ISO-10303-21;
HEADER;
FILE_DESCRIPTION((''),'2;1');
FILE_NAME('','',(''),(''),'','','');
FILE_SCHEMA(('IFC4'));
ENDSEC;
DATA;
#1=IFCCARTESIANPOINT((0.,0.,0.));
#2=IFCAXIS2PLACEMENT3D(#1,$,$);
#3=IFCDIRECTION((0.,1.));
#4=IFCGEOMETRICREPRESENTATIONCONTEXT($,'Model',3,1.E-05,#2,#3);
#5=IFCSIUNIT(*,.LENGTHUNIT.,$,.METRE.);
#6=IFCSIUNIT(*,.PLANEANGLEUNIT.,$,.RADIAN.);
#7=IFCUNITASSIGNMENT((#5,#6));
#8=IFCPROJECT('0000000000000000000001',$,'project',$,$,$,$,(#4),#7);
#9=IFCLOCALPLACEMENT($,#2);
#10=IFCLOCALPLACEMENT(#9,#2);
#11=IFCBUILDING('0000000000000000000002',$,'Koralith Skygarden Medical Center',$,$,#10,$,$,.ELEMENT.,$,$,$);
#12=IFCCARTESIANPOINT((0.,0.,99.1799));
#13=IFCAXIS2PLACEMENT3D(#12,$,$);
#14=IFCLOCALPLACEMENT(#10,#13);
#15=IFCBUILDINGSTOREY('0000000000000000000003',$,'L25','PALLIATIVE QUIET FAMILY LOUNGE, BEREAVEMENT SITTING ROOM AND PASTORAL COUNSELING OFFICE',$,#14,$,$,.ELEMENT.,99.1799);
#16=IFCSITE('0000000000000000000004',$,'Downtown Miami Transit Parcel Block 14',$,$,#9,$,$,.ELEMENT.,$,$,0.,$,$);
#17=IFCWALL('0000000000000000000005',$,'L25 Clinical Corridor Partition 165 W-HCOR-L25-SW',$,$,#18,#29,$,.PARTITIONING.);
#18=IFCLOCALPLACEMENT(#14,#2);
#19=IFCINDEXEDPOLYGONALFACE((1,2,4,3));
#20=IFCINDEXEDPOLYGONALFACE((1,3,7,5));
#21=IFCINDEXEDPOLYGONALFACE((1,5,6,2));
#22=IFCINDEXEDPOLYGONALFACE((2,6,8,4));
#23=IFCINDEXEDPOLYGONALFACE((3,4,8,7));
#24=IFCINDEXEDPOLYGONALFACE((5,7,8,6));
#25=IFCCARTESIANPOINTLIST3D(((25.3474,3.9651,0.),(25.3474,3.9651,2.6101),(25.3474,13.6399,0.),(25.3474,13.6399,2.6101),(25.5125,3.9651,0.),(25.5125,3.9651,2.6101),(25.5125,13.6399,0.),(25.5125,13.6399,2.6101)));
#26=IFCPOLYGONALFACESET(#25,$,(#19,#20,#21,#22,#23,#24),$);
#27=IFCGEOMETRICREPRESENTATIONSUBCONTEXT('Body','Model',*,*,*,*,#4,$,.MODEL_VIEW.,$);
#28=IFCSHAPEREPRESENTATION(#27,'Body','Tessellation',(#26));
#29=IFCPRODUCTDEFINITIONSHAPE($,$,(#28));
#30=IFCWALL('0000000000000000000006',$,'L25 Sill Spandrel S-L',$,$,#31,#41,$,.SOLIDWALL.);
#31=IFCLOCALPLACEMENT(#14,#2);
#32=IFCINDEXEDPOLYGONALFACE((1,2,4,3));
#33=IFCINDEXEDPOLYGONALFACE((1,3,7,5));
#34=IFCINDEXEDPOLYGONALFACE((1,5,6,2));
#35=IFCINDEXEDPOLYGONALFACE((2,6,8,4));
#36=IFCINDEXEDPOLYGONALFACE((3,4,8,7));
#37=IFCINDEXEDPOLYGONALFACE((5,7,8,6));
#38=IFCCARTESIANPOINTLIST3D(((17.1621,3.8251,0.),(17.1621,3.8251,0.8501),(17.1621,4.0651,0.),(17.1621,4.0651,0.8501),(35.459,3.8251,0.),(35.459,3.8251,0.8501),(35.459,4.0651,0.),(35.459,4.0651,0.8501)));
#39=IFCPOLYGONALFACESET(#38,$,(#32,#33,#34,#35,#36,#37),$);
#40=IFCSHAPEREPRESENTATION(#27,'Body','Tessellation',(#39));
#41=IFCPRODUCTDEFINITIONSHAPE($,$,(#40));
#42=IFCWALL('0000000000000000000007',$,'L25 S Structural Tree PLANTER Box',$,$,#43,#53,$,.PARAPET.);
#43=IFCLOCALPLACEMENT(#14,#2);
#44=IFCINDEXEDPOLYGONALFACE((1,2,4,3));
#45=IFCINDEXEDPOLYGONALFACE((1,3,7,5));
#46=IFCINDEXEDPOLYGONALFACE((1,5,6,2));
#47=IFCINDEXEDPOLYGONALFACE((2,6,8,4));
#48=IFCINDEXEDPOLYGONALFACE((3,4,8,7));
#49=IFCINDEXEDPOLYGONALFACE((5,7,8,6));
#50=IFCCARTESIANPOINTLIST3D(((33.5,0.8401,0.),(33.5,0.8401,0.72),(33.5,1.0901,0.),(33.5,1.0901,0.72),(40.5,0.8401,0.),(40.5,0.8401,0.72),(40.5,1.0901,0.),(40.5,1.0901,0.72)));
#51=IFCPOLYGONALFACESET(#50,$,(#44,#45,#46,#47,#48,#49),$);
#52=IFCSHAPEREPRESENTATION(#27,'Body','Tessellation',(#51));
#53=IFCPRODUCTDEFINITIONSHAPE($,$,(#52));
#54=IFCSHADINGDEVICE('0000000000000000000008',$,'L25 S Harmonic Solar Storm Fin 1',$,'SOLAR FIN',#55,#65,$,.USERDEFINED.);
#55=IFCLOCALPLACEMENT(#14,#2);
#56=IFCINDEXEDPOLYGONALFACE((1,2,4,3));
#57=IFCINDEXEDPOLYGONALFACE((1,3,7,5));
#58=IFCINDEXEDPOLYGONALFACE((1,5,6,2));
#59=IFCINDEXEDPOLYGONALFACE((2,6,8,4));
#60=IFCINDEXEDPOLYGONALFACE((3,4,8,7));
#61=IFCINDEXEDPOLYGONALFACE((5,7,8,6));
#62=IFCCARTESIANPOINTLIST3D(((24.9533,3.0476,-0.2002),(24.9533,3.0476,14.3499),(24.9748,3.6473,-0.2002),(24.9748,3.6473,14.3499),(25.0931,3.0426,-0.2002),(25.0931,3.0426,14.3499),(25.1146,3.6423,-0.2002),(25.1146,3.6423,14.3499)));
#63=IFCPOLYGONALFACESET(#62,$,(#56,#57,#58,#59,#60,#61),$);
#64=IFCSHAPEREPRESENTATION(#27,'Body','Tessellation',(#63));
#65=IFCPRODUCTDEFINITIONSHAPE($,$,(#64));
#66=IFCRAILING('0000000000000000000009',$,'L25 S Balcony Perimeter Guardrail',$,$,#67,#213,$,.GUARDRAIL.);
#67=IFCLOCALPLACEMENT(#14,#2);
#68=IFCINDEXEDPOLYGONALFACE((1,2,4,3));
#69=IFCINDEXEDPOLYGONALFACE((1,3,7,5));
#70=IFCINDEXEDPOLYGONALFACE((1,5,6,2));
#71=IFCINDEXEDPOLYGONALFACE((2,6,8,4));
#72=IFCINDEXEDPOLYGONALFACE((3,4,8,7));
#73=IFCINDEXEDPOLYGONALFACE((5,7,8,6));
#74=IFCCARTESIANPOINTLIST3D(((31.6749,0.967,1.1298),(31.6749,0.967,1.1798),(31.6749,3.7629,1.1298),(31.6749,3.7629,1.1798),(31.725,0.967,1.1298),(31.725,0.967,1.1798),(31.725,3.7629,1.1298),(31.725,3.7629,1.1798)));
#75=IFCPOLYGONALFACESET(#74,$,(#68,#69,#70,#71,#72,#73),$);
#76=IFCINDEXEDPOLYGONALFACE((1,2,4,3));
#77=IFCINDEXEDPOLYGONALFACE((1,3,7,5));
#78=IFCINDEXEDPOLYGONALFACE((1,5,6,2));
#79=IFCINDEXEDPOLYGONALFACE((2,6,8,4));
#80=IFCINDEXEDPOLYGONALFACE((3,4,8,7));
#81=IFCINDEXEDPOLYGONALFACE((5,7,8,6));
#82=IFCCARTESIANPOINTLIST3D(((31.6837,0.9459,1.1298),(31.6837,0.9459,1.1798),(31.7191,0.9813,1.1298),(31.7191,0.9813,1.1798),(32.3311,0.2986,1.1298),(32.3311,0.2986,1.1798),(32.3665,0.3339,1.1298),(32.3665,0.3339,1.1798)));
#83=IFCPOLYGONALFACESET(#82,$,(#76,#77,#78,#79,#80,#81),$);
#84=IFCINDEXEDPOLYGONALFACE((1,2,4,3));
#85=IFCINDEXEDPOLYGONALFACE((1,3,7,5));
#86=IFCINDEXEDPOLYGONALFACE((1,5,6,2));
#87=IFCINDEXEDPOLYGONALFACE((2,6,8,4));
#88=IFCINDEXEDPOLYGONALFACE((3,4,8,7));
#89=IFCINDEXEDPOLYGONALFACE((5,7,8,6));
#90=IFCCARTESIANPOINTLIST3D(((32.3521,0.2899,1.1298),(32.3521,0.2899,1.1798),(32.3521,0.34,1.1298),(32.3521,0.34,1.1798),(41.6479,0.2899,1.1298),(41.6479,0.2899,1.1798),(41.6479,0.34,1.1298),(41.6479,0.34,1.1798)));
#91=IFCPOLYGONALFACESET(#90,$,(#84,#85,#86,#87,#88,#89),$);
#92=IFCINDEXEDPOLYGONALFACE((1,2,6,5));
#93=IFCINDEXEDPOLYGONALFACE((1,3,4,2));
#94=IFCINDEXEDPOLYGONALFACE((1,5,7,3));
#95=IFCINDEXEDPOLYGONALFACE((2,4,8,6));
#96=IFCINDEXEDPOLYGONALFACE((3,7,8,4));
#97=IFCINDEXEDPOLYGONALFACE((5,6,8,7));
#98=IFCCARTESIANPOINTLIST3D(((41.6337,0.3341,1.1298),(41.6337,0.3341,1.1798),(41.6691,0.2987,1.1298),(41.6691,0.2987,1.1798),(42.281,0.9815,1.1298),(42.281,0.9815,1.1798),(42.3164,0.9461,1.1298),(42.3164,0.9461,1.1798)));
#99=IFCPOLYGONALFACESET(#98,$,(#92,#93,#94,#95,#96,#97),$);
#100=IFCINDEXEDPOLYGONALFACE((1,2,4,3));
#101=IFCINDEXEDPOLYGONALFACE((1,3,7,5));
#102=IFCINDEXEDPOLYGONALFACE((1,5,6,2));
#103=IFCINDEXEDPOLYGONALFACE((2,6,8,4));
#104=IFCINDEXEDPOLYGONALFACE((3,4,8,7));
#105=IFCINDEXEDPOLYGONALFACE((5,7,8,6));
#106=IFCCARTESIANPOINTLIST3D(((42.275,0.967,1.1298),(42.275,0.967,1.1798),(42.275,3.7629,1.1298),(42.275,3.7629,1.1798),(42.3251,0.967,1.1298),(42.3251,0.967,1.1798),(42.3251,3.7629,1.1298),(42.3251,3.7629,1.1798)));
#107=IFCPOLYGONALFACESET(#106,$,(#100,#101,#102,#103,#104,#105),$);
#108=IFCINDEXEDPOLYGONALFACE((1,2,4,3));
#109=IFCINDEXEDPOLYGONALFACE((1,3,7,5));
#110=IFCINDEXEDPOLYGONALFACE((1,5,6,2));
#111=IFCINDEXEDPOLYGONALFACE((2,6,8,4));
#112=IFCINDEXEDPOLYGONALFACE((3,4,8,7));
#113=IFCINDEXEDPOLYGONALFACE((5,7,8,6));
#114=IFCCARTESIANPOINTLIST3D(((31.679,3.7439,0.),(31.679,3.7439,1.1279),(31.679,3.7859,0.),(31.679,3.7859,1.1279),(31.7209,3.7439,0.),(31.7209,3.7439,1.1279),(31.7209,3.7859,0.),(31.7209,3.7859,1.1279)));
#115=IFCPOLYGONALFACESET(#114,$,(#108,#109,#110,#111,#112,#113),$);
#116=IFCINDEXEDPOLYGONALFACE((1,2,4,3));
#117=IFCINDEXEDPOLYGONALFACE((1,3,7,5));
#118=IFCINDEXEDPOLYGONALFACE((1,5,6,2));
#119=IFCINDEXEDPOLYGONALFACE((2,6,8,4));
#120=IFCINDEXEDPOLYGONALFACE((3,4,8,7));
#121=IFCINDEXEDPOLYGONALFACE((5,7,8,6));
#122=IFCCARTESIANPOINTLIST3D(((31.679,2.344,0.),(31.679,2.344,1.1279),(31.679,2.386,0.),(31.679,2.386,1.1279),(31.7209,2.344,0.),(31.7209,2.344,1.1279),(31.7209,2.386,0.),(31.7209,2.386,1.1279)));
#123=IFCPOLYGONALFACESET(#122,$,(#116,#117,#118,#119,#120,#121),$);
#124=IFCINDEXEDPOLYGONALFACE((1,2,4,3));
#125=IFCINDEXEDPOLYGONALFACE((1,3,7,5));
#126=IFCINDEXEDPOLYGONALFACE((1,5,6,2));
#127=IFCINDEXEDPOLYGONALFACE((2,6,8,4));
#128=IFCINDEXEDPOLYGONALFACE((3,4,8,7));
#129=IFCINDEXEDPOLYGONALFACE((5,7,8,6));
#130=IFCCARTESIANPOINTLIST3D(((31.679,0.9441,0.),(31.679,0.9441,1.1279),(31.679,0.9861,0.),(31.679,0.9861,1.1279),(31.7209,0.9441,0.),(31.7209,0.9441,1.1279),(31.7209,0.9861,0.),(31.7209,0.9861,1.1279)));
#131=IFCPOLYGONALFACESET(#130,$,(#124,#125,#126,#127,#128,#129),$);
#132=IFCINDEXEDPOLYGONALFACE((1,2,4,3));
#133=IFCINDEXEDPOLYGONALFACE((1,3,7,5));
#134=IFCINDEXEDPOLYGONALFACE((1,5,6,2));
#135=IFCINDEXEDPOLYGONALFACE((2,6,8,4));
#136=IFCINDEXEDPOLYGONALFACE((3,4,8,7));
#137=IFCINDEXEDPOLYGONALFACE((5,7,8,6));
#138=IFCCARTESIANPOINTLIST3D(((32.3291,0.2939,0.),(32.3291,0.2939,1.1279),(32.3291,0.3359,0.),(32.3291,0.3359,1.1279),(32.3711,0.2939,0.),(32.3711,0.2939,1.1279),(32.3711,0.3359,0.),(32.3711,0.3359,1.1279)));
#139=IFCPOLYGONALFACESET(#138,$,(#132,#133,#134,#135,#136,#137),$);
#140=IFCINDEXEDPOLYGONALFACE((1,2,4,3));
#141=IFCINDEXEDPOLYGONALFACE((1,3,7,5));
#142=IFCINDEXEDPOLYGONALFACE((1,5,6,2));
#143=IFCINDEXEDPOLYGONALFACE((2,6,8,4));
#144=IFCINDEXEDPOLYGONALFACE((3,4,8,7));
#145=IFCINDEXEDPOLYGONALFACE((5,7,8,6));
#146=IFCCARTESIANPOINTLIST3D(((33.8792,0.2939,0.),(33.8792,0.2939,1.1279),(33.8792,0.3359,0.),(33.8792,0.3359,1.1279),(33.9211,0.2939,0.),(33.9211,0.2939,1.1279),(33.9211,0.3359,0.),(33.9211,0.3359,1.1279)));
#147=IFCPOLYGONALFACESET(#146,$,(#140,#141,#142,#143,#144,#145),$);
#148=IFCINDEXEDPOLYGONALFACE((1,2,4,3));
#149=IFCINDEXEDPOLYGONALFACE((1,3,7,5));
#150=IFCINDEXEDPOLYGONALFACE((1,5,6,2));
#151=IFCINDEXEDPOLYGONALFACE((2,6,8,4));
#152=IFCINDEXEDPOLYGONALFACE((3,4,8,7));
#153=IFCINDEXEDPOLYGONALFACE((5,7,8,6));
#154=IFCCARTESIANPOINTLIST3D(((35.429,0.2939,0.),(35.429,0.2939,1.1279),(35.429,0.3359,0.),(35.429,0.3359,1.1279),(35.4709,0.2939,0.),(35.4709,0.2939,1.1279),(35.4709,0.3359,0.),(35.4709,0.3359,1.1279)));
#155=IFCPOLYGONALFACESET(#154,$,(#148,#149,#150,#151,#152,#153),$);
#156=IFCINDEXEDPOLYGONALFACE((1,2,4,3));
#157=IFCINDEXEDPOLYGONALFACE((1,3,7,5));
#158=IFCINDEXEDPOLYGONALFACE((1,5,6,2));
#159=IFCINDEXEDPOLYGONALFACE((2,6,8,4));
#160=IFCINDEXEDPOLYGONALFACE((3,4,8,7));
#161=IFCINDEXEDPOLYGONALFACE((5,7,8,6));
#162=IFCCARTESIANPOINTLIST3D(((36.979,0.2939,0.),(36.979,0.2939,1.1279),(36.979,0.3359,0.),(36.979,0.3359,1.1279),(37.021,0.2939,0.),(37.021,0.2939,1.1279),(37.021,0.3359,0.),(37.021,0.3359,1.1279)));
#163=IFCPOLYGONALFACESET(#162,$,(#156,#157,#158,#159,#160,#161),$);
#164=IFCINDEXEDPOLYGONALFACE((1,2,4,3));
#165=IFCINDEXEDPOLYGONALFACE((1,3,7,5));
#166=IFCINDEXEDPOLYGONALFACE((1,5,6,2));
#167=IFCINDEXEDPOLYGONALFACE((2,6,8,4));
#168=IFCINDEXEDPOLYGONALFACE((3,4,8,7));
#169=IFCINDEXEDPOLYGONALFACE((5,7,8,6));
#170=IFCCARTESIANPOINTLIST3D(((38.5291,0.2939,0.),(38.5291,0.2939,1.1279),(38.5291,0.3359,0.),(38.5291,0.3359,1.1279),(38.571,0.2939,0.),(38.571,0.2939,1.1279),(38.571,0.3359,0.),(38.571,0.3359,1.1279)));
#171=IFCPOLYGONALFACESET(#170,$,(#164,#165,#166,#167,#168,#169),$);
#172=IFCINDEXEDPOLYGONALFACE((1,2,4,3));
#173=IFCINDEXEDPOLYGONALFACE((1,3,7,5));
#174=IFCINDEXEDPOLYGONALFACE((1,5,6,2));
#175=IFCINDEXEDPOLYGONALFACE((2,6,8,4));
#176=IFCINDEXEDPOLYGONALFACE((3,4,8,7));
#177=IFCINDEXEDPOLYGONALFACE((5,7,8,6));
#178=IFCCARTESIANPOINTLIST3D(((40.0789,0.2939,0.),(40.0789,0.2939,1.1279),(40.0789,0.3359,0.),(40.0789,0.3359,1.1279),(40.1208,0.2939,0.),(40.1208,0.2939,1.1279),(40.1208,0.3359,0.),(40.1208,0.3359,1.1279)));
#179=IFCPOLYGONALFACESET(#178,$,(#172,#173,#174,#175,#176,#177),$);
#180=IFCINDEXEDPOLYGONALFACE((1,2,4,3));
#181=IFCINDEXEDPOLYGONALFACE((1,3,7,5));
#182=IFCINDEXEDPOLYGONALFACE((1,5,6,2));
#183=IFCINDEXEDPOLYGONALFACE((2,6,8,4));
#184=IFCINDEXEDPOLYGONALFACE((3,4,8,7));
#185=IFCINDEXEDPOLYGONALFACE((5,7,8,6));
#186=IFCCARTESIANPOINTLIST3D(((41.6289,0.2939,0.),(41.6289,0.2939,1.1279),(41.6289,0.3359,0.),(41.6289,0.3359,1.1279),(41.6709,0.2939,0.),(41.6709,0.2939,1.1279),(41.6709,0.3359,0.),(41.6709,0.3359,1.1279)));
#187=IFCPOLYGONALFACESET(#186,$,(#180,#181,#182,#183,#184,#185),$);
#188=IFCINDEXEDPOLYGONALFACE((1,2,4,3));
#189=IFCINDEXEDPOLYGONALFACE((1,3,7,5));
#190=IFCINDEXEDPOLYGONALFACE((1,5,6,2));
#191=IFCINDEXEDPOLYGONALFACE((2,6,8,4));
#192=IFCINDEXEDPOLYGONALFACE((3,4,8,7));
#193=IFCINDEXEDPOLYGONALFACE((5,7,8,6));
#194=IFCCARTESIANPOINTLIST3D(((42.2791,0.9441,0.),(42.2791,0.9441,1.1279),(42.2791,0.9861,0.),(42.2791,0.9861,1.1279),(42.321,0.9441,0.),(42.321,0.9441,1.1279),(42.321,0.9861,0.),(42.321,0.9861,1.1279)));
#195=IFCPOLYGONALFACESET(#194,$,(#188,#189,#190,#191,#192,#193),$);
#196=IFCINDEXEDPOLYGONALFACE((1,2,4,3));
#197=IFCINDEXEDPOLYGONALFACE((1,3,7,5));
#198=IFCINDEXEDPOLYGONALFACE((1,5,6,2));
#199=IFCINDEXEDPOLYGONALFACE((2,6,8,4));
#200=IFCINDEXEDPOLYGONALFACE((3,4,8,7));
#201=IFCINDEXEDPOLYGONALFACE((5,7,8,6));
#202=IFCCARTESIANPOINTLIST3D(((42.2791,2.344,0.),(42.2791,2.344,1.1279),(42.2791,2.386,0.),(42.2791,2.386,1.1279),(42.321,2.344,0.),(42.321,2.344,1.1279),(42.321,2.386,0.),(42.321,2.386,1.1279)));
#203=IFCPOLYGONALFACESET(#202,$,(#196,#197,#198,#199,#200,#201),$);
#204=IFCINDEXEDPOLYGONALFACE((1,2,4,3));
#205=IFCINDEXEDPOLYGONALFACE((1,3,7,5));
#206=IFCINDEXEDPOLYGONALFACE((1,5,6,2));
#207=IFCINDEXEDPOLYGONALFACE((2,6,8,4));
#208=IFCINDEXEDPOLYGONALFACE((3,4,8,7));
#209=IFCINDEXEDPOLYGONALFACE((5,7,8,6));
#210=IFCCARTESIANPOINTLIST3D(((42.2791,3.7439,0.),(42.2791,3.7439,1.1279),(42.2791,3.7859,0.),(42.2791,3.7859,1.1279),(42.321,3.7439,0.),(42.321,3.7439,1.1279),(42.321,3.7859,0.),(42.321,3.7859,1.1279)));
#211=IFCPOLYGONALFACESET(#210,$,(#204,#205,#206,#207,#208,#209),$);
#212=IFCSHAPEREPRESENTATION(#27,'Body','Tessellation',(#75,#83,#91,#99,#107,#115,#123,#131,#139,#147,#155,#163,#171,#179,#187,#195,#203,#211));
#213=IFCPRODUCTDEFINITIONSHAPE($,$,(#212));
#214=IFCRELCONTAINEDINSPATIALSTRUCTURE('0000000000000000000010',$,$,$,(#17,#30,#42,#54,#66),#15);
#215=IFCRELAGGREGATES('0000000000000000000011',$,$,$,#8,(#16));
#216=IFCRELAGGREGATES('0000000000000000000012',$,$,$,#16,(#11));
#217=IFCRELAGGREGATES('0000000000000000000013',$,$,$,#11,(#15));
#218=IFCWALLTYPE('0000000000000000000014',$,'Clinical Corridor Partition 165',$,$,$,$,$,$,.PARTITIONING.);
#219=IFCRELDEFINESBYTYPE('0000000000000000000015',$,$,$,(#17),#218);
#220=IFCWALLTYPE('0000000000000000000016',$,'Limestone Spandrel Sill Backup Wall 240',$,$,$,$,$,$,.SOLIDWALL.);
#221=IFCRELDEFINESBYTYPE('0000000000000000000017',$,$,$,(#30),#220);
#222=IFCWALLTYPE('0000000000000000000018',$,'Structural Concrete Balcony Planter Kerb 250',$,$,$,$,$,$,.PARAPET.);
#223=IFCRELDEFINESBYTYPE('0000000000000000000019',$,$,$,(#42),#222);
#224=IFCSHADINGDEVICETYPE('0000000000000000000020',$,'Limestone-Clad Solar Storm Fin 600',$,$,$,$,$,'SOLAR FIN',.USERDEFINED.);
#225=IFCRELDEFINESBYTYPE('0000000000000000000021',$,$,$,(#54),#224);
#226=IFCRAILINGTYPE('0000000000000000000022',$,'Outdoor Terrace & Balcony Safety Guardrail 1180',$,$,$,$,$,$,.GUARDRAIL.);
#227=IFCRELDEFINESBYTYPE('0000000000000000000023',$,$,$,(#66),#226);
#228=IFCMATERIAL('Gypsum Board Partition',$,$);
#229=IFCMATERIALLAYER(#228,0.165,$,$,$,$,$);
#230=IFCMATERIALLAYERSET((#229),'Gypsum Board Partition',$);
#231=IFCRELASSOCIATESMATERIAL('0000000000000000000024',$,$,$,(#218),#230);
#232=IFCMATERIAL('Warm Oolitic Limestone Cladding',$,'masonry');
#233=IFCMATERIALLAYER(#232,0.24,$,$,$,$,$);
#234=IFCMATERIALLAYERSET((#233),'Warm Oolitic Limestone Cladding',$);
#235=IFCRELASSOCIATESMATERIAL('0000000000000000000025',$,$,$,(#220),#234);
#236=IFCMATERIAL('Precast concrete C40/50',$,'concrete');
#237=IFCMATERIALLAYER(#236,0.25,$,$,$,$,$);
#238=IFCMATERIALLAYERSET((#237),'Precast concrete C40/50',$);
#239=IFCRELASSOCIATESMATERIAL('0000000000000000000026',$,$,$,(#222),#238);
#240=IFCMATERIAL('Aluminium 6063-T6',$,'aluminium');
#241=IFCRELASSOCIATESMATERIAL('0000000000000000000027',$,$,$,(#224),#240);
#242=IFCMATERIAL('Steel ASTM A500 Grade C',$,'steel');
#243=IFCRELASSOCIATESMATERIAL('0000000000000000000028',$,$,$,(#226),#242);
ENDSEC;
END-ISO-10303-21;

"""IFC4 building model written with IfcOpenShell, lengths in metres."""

from ifc_helpers import new_model, si_unit, direction, frame, frame_2d, origin, origin_2d, place, context, subcontext, project, spatial, rectangle, extrude, material, layer, layer_set, type_object, element, save


model = new_model("IFC4")

# Units and contexts
model_context = context("Model", 3, precision=1e-05, world=origin(), true_north=direction((0.0, 1.0)))
body_context = subcontext(model_context, "Body", "Model", "MODEL_VIEW")
ifc_project = project(units=[si_unit("LENGTHUNIT", "METRE"), si_unit("PLANEANGLEUNIT", "RADIAN")], contexts=[model_context])

# Site, building, storey
site_placement = place(None, origin())
site = spatial("IfcSite", under=ifc_project, at=site_placement, Name="Downtown Miami Transit Parcel Block 14", CompositionType="ELEMENT", RefElevation=0.0)
building_placement = place(site_placement, origin())
building = spatial("IfcBuilding", under=site, at=building_placement, Name="Koralith Skygarden Medical Center", CompositionType="ELEMENT")
storey_placement = place(building_placement, frame((0.0, 0.0, 99.1799)))
storey = spatial("IfcBuildingStorey", under=building, at=storey_placement, Name="L25", Description="PALLIATIVE QUIET FAMILY LOUNGE, BEREAVEMENT SITTING ROOM AND PASTORAL COUNSELING OFFICE", CompositionType="ELEMENT", Elevation=99.1799)

# Shared definitions
ifc_material_1 = material(Name="Aluminium 6063-T6", Category="aluminium")

# Wall
ifc_material_2 = material(Name="Gypsum Board Partition")
ifc_layer_1 = layer(ifc_material_2, 0.165)
ifc_layer_set_1 = layer_set([ifc_layer_1], Name="Gypsum Board Partition")
wall_type_1 = type_object("IfcWallType", Name="Clinical Corridor Partition 165", PredefinedType="PARTITIONING", material=ifc_layer_set_1)
wall_1_placement = place(storey_placement, frame((25.4299, 3.9651, 0.0), z_axis=(0.0, 0.0, 1.0), x_axis=(0.0, 1.0, 0.0)))
element("IfcWall", 1, at=wall_1_placement, inside=storey, type_object=wall_type_1, Name="L25 Clinical Corridor Partition 165 W-HCOR-L25-SW", PredefinedType="PARTITIONING", context=body_context, shape_type="SweptSolid", body=[
    extrude(rectangle(XDim=9.6748, YDim=0.165, at=frame_2d((4.8374, 0.0))), origin(), (0.0, 0.0, 1.0), 2.6101),
])

# Walls
ifc_material_3 = material(Name="Warm Oolitic Limestone Cladding", Category="masonry")
ifc_layer_2 = layer(ifc_material_3, 0.24)
ifc_layer_set_2 = layer_set([ifc_layer_2], Name="Warm Oolitic Limestone Cladding")
wall_type_2 = type_object("IfcWallType", Name="Limestone Spandrel Sill Backup Wall 240", PredefinedType="SOLIDWALL", material=ifc_layer_set_2)
wall_2_placement = place(storey_placement, frame((17.1621, 3.9451, 0.0), z_axis=(0.0, 0.0, 1.0), x_axis=(1.0, 0.0, 0.0)))
element("IfcWall", 2, at=wall_2_placement, inside=storey, type_object=wall_type_2, Name="L25 Sill Spandrel S-L", PredefinedType="SOLIDWALL", context=body_context, shape_type="SweptSolid", body=[
    extrude(rectangle(XDim=18.2969, YDim=0.24, at=frame_2d((9.1484, 0.0))), origin(), (0.0, 0.0, 1.0), 0.8501),
])
ifc_material_4 = material(Name="Precast concrete C40/50", Category="concrete")
ifc_layer_3 = layer(ifc_material_4, 0.25)
ifc_layer_set_3 = layer_set([ifc_layer_3], Name="Precast concrete C40/50")
wall_type_3 = type_object("IfcWallType", Name="Structural Concrete Balcony Planter Kerb 250", PredefinedType="PARAPET", material=ifc_layer_set_3)
wall_3_placement = place(storey_placement, frame((33.5, 0.9651, 0.0), z_axis=(0.0, 0.0, 1.0), x_axis=(1.0, 0.0, 0.0)))
element("IfcWall", 3, at=wall_3_placement, inside=storey, type_object=wall_type_3, Name="L25 S Structural Tree PLANTER Box", PredefinedType="PARAPET", context=body_context, shape_type="SweptSolid", body=[
    extrude(rectangle(XDim=7.0, YDim=0.25, at=frame_2d((3.5, 0.0))), origin(), (0.0, 0.0, 1.0), 0.72),
])

# Shading device
shading_device_type = type_object("IfcShadingDeviceType", Name="Limestone-Clad Solar Storm Fin 600", ElementType="SOLAR FIN", PredefinedType="USERDEFINED", material=ifc_material_1)
shading_device_placement = place(storey_placement, frame((25.0339, 3.345, -0.2002), z_axis=(0.0, 0.0, 1.0), x_axis=(-0.035841, -0.999357, 0.0)))
element("IfcShadingDevice", 4, at=shading_device_placement, inside=storey, type_object=shading_device_type, Name="L25 S Harmonic Solar Storm Fin 1", ObjectType="SOLAR FIN", PredefinedType="USERDEFINED", context=body_context, shape_type="SweptSolid", body=[
    extrude(rectangle(XDim=0.6001, YDim=0.1399, at=origin_2d()), origin(), (0.0, 0.0, 1.0), 14.55),
])

# Railing
ifc_material_5 = material(Name="Steel ASTM A500 Grade C", Category="steel")
railing_type = type_object("IfcRailingType", Name="Outdoor Terrace & Balcony Safety Guardrail 1180", PredefinedType="GUARDRAIL", material=ifc_material_5)
railing_placement = place(storey_placement, frame((31.7, 3.7649, 0.0)))
element("IfcRailing", 5, at=railing_placement, inside=storey, type_object=railing_type, Name="L25 S Balcony Perimeter Guardrail", PredefinedType="GUARDRAIL", context=body_context, shape_type="SweptSolid", body=[
    extrude(rectangle(XDim=0.05, YDim=0.05, at=origin_2d()), frame((0.0, -0.002, 1.1548), z_axis=(0.0, -1.0, 0.0), x_axis=(1.0, 0.0, 0.0)), (0.0, 0.0, 1.0), 2.7959),
    extrude(rectangle(XDim=0.05, YDim=0.05, at=origin_2d()), frame((0.0015, -2.8013, 1.1548), z_axis=(0.707107, -0.707107, 0.0), x_axis=(0.707107, 0.707107, 0.0)), (0.0, 0.0, 1.0), 0.9155),
    extrude(rectangle(XDim=0.05, YDim=0.05, at=origin_2d()), frame((0.6521, -3.45, 1.1548), z_axis=(1.0, 0.0, 0.0), x_axis=(0.0, 1.0, 0.0)), (0.0, 0.0, 1.0), 9.2959),
    extrude(rectangle(XDim=0.05, YDim=0.05, at=origin_2d()), frame((9.9514, -3.4485, 1.1548), z_axis=(0.707107, 0.707107, 0.0), x_axis=(-0.707107, 0.707107, 0.0)), (0.0, 0.0, 1.0), 0.9155),
    extrude(rectangle(XDim=0.05, YDim=0.05, at=origin_2d()), frame((10.6001, -2.7979, 1.1548), z_axis=(0.0, 1.0, 0.0), x_axis=(-1.0, 0.0, 0.0)), (0.0, 0.0, 1.0), 2.7959),
    extrude(rectangle(XDim=0.042, YDim=0.042, at=origin_2d()), origin(), (0.0, 0.0, 1.0), 1.1279),
    extrude(rectangle(XDim=0.042, YDim=0.042, at=origin_2d()), frame((0.0, -1.3999, 0.0)), (0.0, 0.0, 1.0), 1.1279),
    extrude(rectangle(XDim=0.042, YDim=0.042, at=origin_2d()), frame((0.0, -2.7998, 0.0)), (0.0, 0.0, 1.0), 1.1279),
    extrude(rectangle(XDim=0.042, YDim=0.042, at=origin_2d()), frame((0.6501, -3.45, 0.0)), (0.0, 0.0, 1.0), 1.1279),
    extrude(rectangle(XDim=0.042, YDim=0.042, at=origin_2d()), frame((2.2002, -3.45, 0.0)), (0.0, 0.0, 1.0), 1.1279),
    extrude(rectangle(XDim=0.042, YDim=0.042, at=origin_2d()), frame((3.75, -3.45, 0.0)), (0.0, 0.0, 1.0), 1.1279),
    extrude(rectangle(XDim=0.042, YDim=0.042, at=origin_2d()), frame((5.3, -3.45, 0.0)), (0.0, 0.0, 1.0), 1.1279),
    extrude(rectangle(XDim=0.042, YDim=0.042, at=origin_2d()), frame((6.8501, -3.45, 0.0)), (0.0, 0.0, 1.0), 1.1279),
    extrude(rectangle(XDim=0.042, YDim=0.042, at=origin_2d()), frame((8.3999, -3.45, 0.0)), (0.0, 0.0, 1.0), 1.1279),
    extrude(rectangle(XDim=0.042, YDim=0.042, at=origin_2d()), frame((9.95, -3.45, 0.0)), (0.0, 0.0, 1.0), 1.1279),
    extrude(rectangle(XDim=0.042, YDim=0.042, at=origin_2d()), frame((10.6001, -2.7998, 0.0)), (0.0, 0.0, 1.0), 1.1279),
    extrude(rectangle(XDim=0.042, YDim=0.042, at=origin_2d()), frame((10.6001, -1.3999, 0.0)), (0.0, 0.0, 1.0), 1.1279),
    extrude(rectangle(XDim=0.042, YDim=0.042, at=origin_2d()), frame((10.6001, 0.0, 0.0)), (0.0, 0.0, 1.0), 1.1279),
])

save(model, "model.ifc")
